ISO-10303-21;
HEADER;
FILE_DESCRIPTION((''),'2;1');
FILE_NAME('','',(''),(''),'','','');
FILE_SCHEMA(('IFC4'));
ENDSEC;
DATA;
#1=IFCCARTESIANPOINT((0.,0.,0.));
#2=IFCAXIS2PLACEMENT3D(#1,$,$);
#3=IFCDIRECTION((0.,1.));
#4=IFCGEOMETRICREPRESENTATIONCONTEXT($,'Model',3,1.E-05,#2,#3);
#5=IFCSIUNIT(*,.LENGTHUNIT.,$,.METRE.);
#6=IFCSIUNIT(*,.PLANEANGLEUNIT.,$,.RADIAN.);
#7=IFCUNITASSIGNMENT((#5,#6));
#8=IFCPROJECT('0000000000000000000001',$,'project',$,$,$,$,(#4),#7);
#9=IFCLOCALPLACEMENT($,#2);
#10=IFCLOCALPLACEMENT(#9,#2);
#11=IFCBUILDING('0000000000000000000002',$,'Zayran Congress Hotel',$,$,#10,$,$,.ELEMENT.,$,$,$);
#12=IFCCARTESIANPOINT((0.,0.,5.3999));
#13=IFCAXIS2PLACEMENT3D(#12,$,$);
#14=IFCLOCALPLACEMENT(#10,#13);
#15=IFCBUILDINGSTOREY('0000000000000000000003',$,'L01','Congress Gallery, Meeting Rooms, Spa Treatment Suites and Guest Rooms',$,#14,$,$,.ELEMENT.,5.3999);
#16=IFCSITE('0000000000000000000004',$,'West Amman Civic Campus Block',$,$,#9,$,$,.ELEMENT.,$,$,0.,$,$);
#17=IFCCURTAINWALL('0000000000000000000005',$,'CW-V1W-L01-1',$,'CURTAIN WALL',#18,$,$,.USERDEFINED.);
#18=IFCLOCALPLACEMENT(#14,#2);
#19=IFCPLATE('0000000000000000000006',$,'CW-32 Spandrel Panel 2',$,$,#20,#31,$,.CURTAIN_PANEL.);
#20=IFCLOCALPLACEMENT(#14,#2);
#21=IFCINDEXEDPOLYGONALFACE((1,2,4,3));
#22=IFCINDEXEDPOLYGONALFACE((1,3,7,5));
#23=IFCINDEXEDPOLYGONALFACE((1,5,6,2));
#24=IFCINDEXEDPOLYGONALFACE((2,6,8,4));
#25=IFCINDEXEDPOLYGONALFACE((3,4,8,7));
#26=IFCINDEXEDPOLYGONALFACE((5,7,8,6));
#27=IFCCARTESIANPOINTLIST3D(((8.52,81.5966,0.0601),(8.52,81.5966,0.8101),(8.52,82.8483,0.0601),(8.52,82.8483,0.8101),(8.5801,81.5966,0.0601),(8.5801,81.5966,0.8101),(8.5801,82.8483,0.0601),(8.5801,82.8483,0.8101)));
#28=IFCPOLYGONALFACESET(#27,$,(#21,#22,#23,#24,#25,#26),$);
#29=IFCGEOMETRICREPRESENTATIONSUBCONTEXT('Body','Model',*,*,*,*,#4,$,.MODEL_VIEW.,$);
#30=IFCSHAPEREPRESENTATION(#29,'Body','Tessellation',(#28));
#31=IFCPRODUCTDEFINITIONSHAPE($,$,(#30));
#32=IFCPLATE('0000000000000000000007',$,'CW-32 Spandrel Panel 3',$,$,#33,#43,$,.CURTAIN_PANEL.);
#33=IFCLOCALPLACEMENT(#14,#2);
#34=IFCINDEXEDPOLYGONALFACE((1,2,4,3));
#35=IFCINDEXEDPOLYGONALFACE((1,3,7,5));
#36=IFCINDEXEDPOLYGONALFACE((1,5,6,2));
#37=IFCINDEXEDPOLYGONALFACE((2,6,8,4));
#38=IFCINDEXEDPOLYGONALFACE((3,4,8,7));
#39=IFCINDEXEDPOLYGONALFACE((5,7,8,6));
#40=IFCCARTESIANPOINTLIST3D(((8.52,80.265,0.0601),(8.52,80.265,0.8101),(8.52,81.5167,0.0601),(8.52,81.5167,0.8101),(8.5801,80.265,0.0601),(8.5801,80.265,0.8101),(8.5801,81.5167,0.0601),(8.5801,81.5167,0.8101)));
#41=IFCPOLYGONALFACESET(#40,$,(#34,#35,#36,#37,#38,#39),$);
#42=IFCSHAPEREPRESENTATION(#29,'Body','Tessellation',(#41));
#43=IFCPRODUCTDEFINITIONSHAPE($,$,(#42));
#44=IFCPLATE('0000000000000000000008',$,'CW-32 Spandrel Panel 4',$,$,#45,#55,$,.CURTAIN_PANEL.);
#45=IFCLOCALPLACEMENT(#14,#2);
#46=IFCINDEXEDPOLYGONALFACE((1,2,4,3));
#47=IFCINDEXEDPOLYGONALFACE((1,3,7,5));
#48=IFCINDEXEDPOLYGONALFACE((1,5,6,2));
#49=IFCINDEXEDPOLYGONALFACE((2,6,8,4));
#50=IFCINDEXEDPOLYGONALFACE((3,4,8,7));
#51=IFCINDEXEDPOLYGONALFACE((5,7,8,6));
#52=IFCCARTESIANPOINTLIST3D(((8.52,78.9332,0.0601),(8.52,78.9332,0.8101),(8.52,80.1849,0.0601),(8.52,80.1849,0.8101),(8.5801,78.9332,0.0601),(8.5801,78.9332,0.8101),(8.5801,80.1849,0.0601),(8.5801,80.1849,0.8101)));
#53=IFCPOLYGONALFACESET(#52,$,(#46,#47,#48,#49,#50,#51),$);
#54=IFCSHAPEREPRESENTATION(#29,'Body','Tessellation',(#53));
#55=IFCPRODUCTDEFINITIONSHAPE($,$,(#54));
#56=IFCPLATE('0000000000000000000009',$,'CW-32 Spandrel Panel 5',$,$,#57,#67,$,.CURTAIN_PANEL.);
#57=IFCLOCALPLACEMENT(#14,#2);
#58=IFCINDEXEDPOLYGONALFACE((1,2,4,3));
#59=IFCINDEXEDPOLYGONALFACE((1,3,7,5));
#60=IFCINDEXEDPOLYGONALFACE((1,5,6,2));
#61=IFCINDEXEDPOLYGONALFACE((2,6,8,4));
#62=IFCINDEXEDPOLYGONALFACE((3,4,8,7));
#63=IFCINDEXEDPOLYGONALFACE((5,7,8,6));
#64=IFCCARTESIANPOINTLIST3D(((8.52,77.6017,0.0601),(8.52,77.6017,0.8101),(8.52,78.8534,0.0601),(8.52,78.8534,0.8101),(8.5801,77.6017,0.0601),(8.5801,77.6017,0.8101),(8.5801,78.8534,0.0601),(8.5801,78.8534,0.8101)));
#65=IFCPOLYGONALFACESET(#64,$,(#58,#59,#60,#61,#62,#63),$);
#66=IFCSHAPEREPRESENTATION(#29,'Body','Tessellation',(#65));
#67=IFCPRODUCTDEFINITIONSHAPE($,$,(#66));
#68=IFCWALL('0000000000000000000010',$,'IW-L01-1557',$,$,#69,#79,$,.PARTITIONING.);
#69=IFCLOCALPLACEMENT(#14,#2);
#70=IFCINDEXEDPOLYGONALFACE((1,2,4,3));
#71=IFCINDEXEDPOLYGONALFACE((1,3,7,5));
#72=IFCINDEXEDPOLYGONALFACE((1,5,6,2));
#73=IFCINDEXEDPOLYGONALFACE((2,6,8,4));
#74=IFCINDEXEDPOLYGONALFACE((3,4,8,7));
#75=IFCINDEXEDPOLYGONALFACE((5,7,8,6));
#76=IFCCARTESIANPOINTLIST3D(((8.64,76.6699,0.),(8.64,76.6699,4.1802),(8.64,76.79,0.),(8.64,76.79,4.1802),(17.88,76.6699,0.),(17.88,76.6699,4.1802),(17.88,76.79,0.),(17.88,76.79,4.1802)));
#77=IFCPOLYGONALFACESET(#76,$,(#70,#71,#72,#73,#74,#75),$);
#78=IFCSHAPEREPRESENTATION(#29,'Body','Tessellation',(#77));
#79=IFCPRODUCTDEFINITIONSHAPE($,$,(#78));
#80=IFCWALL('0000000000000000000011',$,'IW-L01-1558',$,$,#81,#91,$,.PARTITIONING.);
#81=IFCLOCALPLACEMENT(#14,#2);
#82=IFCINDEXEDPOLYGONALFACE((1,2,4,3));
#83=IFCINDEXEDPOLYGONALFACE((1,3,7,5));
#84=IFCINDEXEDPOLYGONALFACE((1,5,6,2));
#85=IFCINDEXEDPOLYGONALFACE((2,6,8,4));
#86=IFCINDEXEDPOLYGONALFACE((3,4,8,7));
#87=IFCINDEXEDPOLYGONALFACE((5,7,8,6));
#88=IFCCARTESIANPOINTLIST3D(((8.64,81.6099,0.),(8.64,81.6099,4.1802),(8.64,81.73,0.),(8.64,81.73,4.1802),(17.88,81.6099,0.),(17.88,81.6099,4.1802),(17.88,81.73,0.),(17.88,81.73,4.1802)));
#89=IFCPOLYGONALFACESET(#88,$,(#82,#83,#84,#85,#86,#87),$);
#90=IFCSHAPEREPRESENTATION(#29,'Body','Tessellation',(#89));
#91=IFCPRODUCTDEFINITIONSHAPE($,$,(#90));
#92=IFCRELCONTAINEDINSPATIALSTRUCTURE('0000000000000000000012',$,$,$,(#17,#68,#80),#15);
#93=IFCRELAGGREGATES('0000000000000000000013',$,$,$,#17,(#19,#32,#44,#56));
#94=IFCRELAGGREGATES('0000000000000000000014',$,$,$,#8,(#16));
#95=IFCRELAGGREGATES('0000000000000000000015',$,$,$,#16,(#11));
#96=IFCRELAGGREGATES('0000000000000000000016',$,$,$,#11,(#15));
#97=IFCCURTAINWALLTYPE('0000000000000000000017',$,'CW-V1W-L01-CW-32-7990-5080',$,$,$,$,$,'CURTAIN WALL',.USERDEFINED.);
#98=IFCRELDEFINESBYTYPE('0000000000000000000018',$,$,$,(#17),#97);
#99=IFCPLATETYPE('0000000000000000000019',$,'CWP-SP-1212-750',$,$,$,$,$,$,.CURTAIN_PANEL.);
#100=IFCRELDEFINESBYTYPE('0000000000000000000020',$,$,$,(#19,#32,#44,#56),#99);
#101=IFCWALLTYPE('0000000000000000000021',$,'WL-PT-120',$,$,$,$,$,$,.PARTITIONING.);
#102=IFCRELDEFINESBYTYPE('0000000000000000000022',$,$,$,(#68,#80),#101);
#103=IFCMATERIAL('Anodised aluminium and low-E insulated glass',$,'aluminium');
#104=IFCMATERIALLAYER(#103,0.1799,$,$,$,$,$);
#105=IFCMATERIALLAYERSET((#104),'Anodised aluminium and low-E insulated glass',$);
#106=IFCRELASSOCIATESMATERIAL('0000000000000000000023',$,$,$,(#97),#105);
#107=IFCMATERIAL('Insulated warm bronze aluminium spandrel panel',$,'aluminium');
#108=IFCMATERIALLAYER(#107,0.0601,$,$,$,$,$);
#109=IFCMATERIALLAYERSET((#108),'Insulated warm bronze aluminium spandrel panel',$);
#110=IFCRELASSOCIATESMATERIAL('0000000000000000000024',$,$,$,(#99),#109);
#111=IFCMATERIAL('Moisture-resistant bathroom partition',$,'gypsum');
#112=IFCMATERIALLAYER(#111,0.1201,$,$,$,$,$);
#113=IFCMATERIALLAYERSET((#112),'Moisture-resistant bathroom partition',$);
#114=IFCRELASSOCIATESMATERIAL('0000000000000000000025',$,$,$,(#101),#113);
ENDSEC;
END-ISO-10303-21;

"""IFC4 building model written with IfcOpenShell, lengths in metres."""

from ifc_helpers import new_model, si_unit, direction, frame, frame_2d, origin, origin_2d, place, context, subcontext, project, spatial, rectangle, extrude, material, layer, layer_set, type_object, element, aggregate, save


model = new_model("IFC4")

# Units and contexts
model_context = context("Model", 3, precision=1e-05, world=origin(), true_north=direction((0.0, 1.0)))
body_context = subcontext(model_context, "Body", "Model", "MODEL_VIEW")
ifc_project = project(units=[si_unit("LENGTHUNIT", "METRE"), si_unit("PLANEANGLEUNIT", "RADIAN")], contexts=[model_context])

# Site, building, storey
site_placement = place(None, origin())
site = spatial("IfcSite", under=ifc_project, at=site_placement, Name="West Amman Civic Campus Block", CompositionType="ELEMENT", RefElevation=0.0)
building_placement = place(site_placement, origin())
building = spatial("IfcBuilding", under=site, at=building_placement, Name="Zayran Congress Hotel", CompositionType="ELEMENT")
storey_placement = place(building_placement, frame((0.0, 0.0, 5.3999)))
storey = spatial("IfcBuildingStorey", under=building, at=storey_placement, Name="L01", Description="Congress Gallery, Meeting Rooms, Spa Treatment Suites and Guest Rooms", CompositionType="ELEMENT", Elevation=5.3999)

# Curtain wall, plates
ifc_material_1 = material(Name="Anodised aluminium and low-E insulated glass", Category="aluminium")
ifc_layer_1 = layer(ifc_material_1, 0.1799)
ifc_layer_set_1 = layer_set([ifc_layer_1], Name="Anodised aluminium and low-E insulated glass")
curtain_wall_type = type_object("IfcCurtainWallType", Name="CW-V1W-L01-CW-32-7990-5080", ElementType="CURTAIN WALL", PredefinedType="USERDEFINED", material=ifc_layer_set_1)
curtain_wall_placement = place(storey_placement, origin())
curtain_wall = element("IfcCurtainWall", 1, at=curtain_wall_placement, inside=storey, type_object=curtain_wall_type, Name="CW-V1W-L01-1", ObjectType="CURTAIN WALL", PredefinedType="USERDEFINED")
ifc_material_2 = material(Name="Insulated warm bronze aluminium spandrel panel", Category="aluminium")
ifc_layer_2 = layer(ifc_material_2, 0.0601)
ifc_layer_set_2 = layer_set([ifc_layer_2], Name="Insulated warm bronze aluminium spandrel panel")
plate_type_1 = type_object("IfcPlateType", Name="CWP-SP-1212-750", PredefinedType="CURTAIN_PANEL", material=ifc_layer_set_2)
plate_1_placement = place(storey_placement, frame((8.55, 82.2224, 0.0601), z_axis=(0.0, 0.0, 1.0), x_axis=(0.0, 1.0, 0.0)))
plate_1 = element("IfcPlate", 2, at=plate_1_placement, type_object=plate_type_1, Name="CW-32 Spandrel Panel 2", PredefinedType="CURTAIN_PANEL", context=body_context, shape_type="SweptSolid", body=[
    extrude(rectangle(XDim=1.2517, YDim=0.0601, at=origin_2d()), origin(), (0.0, 0.0, 1.0), 0.75),
])
plate_2_placement = place(storey_placement, frame((8.55, 80.8909, 0.0601), z_axis=(0.0, 0.0, 1.0), x_axis=(0.0, 1.0, 0.0)))
plate_2 = element("IfcPlate", 3, at=plate_2_placement, type_object=plate_type_1, Name="CW-32 Spandrel Panel 3", PredefinedType="CURTAIN_PANEL", context=body_context, shape_type="SweptSolid", body=[
    extrude(rectangle(XDim=1.2517, YDim=0.0601, at=origin_2d()), origin(), (0.0, 0.0, 1.0), 0.75),
])
plate_3_placement = place(storey_placement, frame((8.55, 79.5591, 0.0601), z_axis=(0.0, 0.0, 1.0), x_axis=(0.0, 1.0, 0.0)))
plate_3 = element("IfcPlate", 4, at=plate_3_placement, type_object=plate_type_1, Name="CW-32 Spandrel Panel 4", PredefinedType="CURTAIN_PANEL", context=body_context, shape_type="SweptSolid", body=[
    extrude(rectangle(XDim=1.2517, YDim=0.0601, at=origin_2d()), origin(), (0.0, 0.0, 1.0), 0.75),
])
plate_4_placement = place(storey_placement, frame((8.55, 78.2275, 0.0601), z_axis=(0.0, 0.0, 1.0), x_axis=(0.0, 1.0, 0.0)))
plate_4 = element("IfcPlate", 5, at=plate_4_placement, type_object=plate_type_1, Name="CW-32 Spandrel Panel 5", PredefinedType="CURTAIN_PANEL", context=body_context, shape_type="SweptSolid", body=[
    extrude(rectangle(XDim=1.2517, YDim=0.0601, at=origin_2d()), origin(), (0.0, 0.0, 1.0), 0.75),
])
aggregate(curtain_wall, [plate_1, plate_2, plate_3, plate_4])

# Walls
ifc_material_3 = material(Name="Moisture-resistant bathroom partition", Category="gypsum")
ifc_layer_3 = layer(ifc_material_3, 0.1201)
ifc_layer_set_3 = layer_set([ifc_layer_3], Name="Moisture-resistant bathroom partition")
wall_type = type_object("IfcWallType", Name="WL-PT-120", PredefinedType="PARTITIONING", material=ifc_layer_set_3)
for number, where, z_axis, x_axis, name in (
    (6, (8.6399, 76.73, 0.0), (0.0, 0.0, 1.0), (1.0, 0.0, 0.0), "IW-L01-1557"),
    (7, (8.6399, 81.6699, 0.0), (0.0, 0.0, 1.0), (1.0, 0.0, 0.0), "IW-L01-1558"),
):
    element("IfcWall", number, at=place(storey_placement, frame(where, z_axis=z_axis, x_axis=x_axis)), inside=storey, type_object=wall_type, Name=name, PredefinedType="PARTITIONING", context=body_context, shape_type="SweptSolid", body=[
        extrude(rectangle(XDim=9.24, YDim=0.1201, at=frame_2d((4.6201, 0.0))), origin(), (0.0, 0.0, 1.0), 4.1802),
    ])

save(model, "model.ifc")
